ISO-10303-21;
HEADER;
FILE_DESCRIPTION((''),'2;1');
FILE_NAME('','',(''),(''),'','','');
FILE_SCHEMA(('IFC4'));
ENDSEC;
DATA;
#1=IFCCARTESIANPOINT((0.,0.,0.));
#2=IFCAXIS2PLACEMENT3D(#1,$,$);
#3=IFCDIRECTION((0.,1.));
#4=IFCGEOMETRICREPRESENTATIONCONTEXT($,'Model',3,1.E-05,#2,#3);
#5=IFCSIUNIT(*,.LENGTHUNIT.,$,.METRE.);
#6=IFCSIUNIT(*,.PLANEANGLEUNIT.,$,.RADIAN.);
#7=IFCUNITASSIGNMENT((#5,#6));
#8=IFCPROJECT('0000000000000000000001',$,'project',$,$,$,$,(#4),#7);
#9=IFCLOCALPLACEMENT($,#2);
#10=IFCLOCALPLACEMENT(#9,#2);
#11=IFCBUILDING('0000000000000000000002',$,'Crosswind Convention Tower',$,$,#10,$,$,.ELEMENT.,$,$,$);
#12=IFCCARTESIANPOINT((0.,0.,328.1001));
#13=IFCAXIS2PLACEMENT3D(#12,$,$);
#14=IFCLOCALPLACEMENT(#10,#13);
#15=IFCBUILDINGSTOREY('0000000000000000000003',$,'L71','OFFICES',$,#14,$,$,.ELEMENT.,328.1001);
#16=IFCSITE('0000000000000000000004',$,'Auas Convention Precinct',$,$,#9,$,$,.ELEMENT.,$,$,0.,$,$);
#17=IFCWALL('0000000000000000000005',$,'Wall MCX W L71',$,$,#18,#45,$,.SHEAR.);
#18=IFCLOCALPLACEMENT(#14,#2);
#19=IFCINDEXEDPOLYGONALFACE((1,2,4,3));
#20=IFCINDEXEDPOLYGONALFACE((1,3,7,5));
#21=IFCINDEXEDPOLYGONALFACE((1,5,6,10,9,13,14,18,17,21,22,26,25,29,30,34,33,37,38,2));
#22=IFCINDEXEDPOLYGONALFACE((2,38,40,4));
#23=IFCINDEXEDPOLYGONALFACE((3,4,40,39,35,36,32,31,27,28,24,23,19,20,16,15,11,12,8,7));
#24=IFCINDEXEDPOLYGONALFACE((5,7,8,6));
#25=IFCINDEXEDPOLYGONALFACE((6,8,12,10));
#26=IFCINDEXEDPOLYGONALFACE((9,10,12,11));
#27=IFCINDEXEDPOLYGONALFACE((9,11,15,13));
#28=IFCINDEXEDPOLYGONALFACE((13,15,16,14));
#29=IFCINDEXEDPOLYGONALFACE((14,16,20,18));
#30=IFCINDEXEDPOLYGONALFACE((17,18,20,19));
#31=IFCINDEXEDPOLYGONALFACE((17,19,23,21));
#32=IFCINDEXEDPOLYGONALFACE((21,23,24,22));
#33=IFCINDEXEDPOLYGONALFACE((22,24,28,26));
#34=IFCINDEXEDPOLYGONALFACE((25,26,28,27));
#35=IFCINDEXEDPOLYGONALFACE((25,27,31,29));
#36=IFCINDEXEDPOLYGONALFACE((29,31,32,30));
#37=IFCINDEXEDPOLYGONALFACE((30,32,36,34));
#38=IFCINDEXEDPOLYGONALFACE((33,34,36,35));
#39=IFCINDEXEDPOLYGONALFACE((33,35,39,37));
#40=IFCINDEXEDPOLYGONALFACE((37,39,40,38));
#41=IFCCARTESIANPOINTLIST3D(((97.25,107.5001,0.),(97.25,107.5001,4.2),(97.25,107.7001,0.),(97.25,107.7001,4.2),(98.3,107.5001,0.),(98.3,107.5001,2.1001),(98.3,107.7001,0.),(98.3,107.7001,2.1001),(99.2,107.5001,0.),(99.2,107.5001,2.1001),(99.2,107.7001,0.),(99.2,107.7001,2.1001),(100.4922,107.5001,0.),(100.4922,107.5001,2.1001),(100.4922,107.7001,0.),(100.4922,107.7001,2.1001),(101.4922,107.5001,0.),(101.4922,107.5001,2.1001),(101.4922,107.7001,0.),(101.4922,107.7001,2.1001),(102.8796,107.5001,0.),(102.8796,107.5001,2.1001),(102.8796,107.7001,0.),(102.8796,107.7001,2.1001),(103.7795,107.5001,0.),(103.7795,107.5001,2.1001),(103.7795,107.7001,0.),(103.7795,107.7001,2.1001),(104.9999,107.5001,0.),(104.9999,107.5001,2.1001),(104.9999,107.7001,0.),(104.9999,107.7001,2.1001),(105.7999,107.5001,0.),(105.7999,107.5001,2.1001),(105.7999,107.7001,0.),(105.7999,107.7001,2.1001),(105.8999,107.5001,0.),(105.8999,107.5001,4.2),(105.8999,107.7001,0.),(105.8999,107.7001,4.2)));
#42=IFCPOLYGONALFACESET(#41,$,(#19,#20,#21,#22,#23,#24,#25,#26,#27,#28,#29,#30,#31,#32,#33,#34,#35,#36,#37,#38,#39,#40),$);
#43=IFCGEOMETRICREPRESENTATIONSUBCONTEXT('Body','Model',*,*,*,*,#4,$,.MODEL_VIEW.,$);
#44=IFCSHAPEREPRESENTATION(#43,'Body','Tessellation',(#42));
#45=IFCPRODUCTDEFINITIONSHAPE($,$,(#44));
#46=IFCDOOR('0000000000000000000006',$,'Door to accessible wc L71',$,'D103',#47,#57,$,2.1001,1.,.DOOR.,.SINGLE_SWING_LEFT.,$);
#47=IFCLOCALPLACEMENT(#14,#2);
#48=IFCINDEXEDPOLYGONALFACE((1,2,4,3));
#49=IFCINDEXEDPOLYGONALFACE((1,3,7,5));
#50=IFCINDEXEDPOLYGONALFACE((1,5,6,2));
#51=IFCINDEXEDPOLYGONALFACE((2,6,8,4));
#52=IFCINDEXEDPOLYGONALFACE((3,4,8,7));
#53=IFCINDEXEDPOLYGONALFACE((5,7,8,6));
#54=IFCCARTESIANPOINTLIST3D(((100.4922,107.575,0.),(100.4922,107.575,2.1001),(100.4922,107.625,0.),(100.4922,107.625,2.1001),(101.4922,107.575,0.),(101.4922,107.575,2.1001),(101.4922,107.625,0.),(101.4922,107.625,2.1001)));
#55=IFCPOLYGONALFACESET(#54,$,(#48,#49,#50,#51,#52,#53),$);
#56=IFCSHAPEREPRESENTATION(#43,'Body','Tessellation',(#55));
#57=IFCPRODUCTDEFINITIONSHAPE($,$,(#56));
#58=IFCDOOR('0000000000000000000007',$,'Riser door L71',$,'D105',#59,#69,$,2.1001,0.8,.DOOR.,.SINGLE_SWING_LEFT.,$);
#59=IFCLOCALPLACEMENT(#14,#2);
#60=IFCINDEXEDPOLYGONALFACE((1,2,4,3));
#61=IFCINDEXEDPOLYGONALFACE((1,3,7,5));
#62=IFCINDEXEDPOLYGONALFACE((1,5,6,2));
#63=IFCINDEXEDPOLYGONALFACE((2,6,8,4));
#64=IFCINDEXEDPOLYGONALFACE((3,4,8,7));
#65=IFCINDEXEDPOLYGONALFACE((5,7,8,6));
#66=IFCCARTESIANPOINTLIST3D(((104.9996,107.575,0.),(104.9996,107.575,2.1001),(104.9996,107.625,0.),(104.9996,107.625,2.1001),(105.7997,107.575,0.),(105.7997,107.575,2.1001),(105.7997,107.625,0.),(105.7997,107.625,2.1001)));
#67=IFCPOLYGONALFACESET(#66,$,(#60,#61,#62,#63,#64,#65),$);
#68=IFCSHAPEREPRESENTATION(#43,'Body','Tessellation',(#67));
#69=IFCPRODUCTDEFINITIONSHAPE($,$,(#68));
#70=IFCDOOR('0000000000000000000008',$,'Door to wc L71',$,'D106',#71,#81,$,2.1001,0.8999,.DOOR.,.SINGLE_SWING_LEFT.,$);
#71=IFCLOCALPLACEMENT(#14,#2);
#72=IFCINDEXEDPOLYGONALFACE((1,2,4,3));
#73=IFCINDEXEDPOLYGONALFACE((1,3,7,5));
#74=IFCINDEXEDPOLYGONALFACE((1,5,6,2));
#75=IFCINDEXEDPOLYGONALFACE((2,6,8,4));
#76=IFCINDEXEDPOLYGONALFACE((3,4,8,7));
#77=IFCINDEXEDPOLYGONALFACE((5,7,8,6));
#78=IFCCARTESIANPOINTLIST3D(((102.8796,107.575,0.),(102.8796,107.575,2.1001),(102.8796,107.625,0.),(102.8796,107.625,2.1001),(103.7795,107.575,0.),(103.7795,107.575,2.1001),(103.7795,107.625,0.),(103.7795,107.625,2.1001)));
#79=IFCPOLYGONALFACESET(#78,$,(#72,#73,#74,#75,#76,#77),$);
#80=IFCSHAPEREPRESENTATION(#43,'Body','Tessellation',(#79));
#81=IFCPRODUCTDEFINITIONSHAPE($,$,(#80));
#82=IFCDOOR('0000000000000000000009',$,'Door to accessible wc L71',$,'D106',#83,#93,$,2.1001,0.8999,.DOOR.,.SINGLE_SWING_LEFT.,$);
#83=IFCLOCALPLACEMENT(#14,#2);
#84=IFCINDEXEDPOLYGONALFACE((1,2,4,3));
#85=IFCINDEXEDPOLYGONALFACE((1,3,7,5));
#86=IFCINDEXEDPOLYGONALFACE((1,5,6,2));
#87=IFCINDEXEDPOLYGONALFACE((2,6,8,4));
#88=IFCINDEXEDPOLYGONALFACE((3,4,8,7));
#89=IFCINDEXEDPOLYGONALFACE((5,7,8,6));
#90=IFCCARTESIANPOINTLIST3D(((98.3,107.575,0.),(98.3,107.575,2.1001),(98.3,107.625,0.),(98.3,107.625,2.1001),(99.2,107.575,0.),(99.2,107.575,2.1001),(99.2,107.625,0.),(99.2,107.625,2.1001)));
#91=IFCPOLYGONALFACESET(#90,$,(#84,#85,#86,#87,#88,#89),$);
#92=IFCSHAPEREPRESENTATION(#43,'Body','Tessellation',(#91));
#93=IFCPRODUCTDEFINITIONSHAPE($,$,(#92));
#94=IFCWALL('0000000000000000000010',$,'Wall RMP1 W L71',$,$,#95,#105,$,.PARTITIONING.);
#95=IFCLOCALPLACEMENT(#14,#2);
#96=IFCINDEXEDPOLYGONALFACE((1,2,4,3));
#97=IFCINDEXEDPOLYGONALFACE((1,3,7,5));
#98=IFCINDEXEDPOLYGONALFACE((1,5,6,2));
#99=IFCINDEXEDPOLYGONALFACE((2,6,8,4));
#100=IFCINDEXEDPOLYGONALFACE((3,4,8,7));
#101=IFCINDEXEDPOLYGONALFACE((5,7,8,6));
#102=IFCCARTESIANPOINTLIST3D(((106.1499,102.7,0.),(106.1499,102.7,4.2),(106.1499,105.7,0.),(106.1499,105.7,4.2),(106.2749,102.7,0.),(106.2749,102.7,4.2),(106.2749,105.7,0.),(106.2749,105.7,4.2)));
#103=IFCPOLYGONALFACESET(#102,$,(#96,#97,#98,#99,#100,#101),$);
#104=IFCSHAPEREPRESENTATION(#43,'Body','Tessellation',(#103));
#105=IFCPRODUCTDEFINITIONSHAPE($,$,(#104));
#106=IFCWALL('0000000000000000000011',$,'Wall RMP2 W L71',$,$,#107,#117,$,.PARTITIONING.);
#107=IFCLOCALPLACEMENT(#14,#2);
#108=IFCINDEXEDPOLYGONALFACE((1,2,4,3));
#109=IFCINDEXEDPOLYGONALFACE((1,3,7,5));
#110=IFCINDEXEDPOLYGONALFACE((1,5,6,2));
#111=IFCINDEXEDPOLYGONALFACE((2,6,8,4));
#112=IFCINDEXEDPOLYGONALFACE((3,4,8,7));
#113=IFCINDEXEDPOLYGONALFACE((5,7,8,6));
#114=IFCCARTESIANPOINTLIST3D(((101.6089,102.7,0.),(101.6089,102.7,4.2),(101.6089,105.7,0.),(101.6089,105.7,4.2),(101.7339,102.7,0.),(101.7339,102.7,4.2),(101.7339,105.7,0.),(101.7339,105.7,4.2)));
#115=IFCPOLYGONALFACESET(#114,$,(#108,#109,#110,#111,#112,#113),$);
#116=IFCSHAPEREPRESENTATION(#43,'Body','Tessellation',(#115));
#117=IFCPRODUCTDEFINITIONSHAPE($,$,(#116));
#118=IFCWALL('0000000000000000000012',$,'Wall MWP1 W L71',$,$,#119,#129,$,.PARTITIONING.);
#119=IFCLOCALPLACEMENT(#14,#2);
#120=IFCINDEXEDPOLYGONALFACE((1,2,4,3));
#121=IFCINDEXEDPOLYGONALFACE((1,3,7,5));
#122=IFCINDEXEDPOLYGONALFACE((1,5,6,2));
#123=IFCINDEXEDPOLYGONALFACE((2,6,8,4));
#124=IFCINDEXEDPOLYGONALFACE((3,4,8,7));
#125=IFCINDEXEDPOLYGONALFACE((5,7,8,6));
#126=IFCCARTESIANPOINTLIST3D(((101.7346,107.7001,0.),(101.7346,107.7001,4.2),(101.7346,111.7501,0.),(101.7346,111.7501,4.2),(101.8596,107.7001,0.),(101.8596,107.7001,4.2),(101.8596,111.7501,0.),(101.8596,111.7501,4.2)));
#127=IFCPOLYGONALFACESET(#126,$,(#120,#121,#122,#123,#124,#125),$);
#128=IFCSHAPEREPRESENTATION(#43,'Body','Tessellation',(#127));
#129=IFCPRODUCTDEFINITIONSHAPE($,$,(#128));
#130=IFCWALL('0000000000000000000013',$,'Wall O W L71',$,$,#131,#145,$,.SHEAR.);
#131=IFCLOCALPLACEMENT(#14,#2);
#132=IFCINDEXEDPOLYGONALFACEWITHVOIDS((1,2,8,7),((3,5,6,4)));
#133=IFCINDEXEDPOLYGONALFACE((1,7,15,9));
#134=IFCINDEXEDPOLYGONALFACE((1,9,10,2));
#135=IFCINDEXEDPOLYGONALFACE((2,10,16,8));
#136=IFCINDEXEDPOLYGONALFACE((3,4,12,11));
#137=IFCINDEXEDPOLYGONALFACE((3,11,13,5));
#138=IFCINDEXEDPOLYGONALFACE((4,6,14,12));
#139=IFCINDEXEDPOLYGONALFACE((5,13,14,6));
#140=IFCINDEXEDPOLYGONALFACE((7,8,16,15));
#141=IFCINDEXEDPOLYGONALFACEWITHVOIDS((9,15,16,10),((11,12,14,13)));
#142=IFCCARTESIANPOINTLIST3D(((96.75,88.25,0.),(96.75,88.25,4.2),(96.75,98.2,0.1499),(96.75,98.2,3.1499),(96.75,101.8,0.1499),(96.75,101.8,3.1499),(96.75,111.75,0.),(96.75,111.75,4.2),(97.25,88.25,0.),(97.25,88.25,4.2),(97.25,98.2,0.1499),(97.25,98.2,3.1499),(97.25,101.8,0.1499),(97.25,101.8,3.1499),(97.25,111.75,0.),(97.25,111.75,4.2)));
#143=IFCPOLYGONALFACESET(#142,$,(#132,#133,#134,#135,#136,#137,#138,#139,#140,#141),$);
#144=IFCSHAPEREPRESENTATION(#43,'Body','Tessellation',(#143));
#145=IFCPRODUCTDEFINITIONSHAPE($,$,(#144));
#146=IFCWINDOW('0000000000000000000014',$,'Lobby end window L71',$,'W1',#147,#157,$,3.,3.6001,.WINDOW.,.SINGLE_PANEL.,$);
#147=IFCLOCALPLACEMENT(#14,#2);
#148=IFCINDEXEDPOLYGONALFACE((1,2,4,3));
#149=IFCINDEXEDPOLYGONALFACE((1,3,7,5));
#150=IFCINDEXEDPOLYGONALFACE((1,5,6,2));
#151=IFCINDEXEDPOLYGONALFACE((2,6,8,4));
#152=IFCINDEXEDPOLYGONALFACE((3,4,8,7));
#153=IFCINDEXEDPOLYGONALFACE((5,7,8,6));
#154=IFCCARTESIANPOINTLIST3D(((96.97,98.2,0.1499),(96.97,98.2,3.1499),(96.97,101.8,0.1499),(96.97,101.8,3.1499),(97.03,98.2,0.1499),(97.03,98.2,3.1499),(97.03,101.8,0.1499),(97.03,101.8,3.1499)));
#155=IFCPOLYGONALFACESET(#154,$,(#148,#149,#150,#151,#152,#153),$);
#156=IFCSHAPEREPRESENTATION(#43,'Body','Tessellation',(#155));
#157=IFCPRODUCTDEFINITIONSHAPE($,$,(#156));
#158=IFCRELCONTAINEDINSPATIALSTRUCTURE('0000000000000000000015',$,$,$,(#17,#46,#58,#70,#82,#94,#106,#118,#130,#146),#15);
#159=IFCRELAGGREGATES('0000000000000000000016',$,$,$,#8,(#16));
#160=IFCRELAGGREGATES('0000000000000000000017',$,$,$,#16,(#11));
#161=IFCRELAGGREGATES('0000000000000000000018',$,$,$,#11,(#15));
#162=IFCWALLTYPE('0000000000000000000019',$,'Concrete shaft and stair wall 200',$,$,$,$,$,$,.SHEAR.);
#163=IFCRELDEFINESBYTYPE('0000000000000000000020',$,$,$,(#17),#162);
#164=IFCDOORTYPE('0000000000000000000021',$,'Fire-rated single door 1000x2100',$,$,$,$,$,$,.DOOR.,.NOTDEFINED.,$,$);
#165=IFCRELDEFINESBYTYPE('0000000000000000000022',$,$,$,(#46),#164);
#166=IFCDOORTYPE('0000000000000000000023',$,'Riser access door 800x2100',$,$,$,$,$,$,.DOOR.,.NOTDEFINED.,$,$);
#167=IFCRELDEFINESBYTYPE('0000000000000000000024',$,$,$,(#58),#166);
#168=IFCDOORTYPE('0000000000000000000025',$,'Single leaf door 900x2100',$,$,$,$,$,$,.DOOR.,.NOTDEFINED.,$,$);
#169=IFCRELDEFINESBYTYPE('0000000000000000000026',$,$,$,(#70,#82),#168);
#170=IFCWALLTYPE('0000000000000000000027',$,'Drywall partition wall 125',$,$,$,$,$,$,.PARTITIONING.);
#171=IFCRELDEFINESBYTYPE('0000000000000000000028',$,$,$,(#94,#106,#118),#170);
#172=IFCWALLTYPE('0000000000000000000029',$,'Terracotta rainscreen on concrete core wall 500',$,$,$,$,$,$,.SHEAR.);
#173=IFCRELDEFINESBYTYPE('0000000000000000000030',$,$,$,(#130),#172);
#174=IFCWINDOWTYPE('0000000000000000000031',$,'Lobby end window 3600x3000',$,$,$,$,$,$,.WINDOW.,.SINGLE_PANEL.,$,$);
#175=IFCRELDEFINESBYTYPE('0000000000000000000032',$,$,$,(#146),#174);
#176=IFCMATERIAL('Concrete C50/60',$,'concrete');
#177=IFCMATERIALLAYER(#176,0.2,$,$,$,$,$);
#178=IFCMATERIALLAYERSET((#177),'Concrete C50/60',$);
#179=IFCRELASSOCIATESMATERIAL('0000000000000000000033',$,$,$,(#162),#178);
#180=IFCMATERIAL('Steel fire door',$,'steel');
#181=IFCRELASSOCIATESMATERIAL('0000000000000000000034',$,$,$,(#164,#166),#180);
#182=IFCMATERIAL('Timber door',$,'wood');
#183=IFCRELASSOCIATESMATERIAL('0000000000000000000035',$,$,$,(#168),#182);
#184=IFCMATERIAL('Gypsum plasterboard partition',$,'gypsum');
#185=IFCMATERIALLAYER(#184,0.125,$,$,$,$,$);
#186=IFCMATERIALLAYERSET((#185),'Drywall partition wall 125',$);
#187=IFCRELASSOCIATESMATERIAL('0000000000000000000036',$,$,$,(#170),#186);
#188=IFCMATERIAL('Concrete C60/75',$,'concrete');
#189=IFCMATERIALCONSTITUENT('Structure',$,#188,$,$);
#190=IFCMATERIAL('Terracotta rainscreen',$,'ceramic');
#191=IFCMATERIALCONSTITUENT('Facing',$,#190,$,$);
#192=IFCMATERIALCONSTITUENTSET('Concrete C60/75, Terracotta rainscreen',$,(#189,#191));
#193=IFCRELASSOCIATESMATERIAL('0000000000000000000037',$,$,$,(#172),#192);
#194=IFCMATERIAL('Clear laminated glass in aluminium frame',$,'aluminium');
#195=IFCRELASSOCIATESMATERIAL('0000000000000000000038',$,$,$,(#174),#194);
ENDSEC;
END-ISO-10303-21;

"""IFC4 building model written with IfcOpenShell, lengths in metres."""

from ifc_helpers import new_model, si_unit, direction, frame, frame_2d, origin, place, context, subcontext, project, spatial, rectangle, extrude, material, layer, layer_set, constituent, constituent_set, type_object, element, fill, save


model = new_model("IFC4")

# Units and contexts
model_context = context("Model", 3, precision=1e-05, world=origin(), true_north=direction((0.0, 1.0)))
body_context = subcontext(model_context, "Body", "Model", "MODEL_VIEW")
ifc_project = project(units=[si_unit("LENGTHUNIT", "METRE"), si_unit("PLANEANGLEUNIT", "RADIAN")], contexts=[model_context])

# Site, building, storey
site_placement = place(None, origin())
site = spatial("IfcSite", under=ifc_project, at=site_placement, Name="Auas Convention Precinct", CompositionType="ELEMENT", RefElevation=0.0)
building_placement = place(site_placement, origin())
building = spatial("IfcBuilding", under=site, at=building_placement, Name="Crosswind Convention Tower", CompositionType="ELEMENT")
storey_placement = place(building_placement, frame((0.0, 0.0, 328.1001)))
storey = spatial("IfcBuildingStorey", under=building, at=storey_placement, Name="L71", Description="OFFICES", CompositionType="ELEMENT", Elevation=328.1001)

# Shared definitions
ifc_material_1 = material(Name="Concrete C50/60", Category="concrete")
ifc_layer_1 = layer(ifc_material_1, 0.2)
ifc_layer_set_1 = layer_set([ifc_layer_1], Name="Concrete C50/60")
wall_type_1 = type_object("IfcWallType", Name="Concrete shaft and stair wall 200", PredefinedType="SHEAR", material=ifc_layer_set_1)

# Wall, openings, doors
wall_1_placement = place(storey_placement, frame((105.8999, 107.6001, 0.0), z_axis=(0.0, 0.0, 1.0), x_axis=(-1.0, 0.0, 0.0)))
wall_1 = element("IfcWall", 1, at=wall_1_placement, inside=storey, type_object=wall_type_1, Name="Wall MCX W L71", PredefinedType="SHEAR", context=body_context, shape_type="SweptSolid", body=[
    extrude(rectangle(XDim=8.6499, YDim=0.2, at=frame_2d((4.325, 0.0))), origin(), (0.0, 0.0, 1.0), 4.2),
])
opening_1_placement = place(wall_1_placement, frame((0.1001, 0.0, 0.0)))
opening_1 = element("IfcOpeningElement", 2, at=opening_1_placement, cuts=wall_1, PredefinedType="OPENING", context=body_context, shape_type="SweptSolid", body=[
    extrude(rectangle(XDim=0.8, YDim=2.1001, at=frame_2d((0.3999, 1.05))), frame((0.0, 0.1099, 0.0), z_axis=(0.0, -1.0, 0.0), x_axis=(1.0, 0.0, 0.0)), (0.0, 0.0, 1.0), 0.22),
])
opening_2_placement = place(wall_1_placement, frame((2.1204, 0.0, 0.0)))
opening_2 = element("IfcOpeningElement", 3, at=opening_2_placement, cuts=wall_1, PredefinedType="OPENING", context=body_context, shape_type="SweptSolid", body=[
    extrude(rectangle(XDim=0.8999, YDim=2.1001, at=frame_2d((0.45, 1.05))), frame((0.0, 0.1099, 0.0), z_axis=(0.0, -1.0, 0.0), x_axis=(1.0, 0.0, 0.0)), (0.0, 0.0, 1.0), 0.22),
])
opening_3_placement = place(wall_1_placement, frame((4.4077, 0.0, 0.0)))
opening_3 = element("IfcOpeningElement", 4, at=opening_3_placement, cuts=wall_1, PredefinedType="OPENING", context=body_context, shape_type="SweptSolid", body=[
    extrude(rectangle(XDim=1.0, YDim=2.1001, at=frame_2d((0.5, 1.05))), frame((0.0, 0.1099, 0.0), z_axis=(0.0, -1.0, 0.0), x_axis=(1.0, 0.0, 0.0)), (0.0, 0.0, 1.0), 0.22),
])
opening_4_placement = place(wall_1_placement, frame((6.7, 0.0, 0.0)))
opening_4 = element("IfcOpeningElement", 5, at=opening_4_placement, cuts=wall_1, PredefinedType="OPENING", context=body_context, shape_type="SweptSolid", body=[
    extrude(rectangle(XDim=0.8999, YDim=2.1001, at=frame_2d((0.45, 1.05))), frame((0.0, 0.1099, 0.0), z_axis=(0.0, -1.0, 0.0), x_axis=(1.0, 0.0, 0.0)), (0.0, 0.0, 1.0), 0.22),
])
ifc_material_2 = material(Name="Steel fire door", Category="steel")
door_type_1 = type_object("IfcDoorType", Name="Fire-rated single door 1000x2100", OperationType="NOTDEFINED", PredefinedType="DOOR", material=ifc_material_2)
door_1_placement = place(opening_3_placement, frame((1.0, 0.0, 0.0), z_axis=(0.0, 0.0, 1.0), x_axis=(-1.0, 0.0, 0.0)))
door_1 = element("IfcDoor", 6, at=door_1_placement, inside=storey, type_object=door_type_1, Name="Door to accessible wc L71", ObjectType="D103", OperationType="SINGLE_SWING_LEFT", OverallHeight=2.1001, OverallWidth=1.0, PredefinedType="DOOR", context=body_context, shape_type="SweptSolid", body=[
    extrude(rectangle(XDim=1.0, YDim=2.1001, at=frame_2d((0.5, 1.05))), frame((0.0, 0.0249, 0.0), z_axis=(0.0, -1.0, 0.0), x_axis=(1.0, 0.0, 0.0)), (0.0, 0.0, 1.0), 0.05),
])
fill(opening_3, door_1)
door_type_2 = type_object("IfcDoorType", Name="Riser access door 800x2100", OperationType="NOTDEFINED", PredefinedType="DOOR", material=ifc_material_2)
door_2_placement = place(opening_1_placement, frame((0.8, 0.0, 0.0), z_axis=(0.0, 0.0, 1.0), x_axis=(-1.0, 0.0, 0.0)))
door_2 = element("IfcDoor", 7, at=door_2_placement, inside=storey, type_object=door_type_2, Name="Riser door L71", ObjectType="D105", OperationType="SINGLE_SWING_LEFT", OverallHeight=2.1001, OverallWidth=0.8, PredefinedType="DOOR", context=body_context, shape_type="SweptSolid", body=[
    extrude(rectangle(XDim=0.8, YDim=2.1001, at=frame_2d((0.3999, 1.05))), frame((0.0, 0.0249, 0.0), z_axis=(0.0, -1.0, 0.0), x_axis=(1.0, 0.0, 0.0)), (0.0, 0.0, 1.0), 0.05),
])
fill(opening_1, door_2)
ifc_material_3 = material(Name="Timber door", Category="wood")
door_type_3 = type_object("IfcDoorType", Name="Single leaf door 900x2100", OperationType="NOTDEFINED", PredefinedType="DOOR", material=ifc_material_3)
door_3_placement = place(opening_2_placement, frame((0.8999, 0.0, 0.0), z_axis=(0.0, 0.0, 1.0), x_axis=(-1.0, 0.0, 0.0)))
door_3 = element("IfcDoor", 8, at=door_3_placement, inside=storey, type_object=door_type_3, Name="Door to wc L71", ObjectType="D106", OperationType="SINGLE_SWING_LEFT", OverallHeight=2.1001, OverallWidth=0.8999, PredefinedType="DOOR", context=body_context, shape_type="SweptSolid", body=[
    extrude(rectangle(XDim=0.8999, YDim=2.1001, at=frame_2d((0.45, 1.05))), frame((0.0, 0.0249, 0.0), z_axis=(0.0, -1.0, 0.0), x_axis=(1.0, 0.0, 0.0)), (0.0, 0.0, 1.0), 0.05),
])
fill(opening_2, door_3)
door_4_placement = place(opening_4_placement, frame((0.8999, 0.0, 0.0), z_axis=(0.0, 0.0, 1.0), x_axis=(-1.0, 0.0, 0.0)))
door_4 = element("IfcDoor", 9, at=door_4_placement, inside=storey, type_object=door_type_3, Name="Door to accessible wc L71", ObjectType="D106", OperationType="SINGLE_SWING_LEFT", OverallHeight=2.1001, OverallWidth=0.8999, PredefinedType="DOOR", context=body_context, shape_type="SweptSolid", body=[
    extrude(rectangle(XDim=0.8999, YDim=2.1001, at=frame_2d((0.45, 1.05))), frame((0.0, 0.0249, 0.0), z_axis=(0.0, -1.0, 0.0), x_axis=(1.0, 0.0, 0.0)), (0.0, 0.0, 1.0), 0.05),
])
fill(opening_4, door_4)

# Walls
ifc_material_4 = material(Name="Gypsum plasterboard partition", Category="gypsum")
ifc_layer_2 = layer(ifc_material_4, 0.125)
ifc_layer_set_2 = layer_set([ifc_layer_2], Name="Drywall partition wall 125")
wall_type_2 = type_object("IfcWallType", Name="Drywall partition wall 125", PredefinedType="PARTITIONING", material=ifc_layer_set_2)
for number, where, z_axis, x_axis, name in (
    (10, (106.2124, 105.7, 0.0), (0.0, 0.0, 1.0), (0.0, -1.0, 0.0), "Wall RMP1 W L71"),
    (11, (101.6714, 105.7, 0.0), (0.0, 0.0, 1.0), (0.0, -1.0, 0.0), "Wall RMP2 W L71"),
):
    element("IfcWall", number, at=place(storey_placement, frame(where, z_axis=z_axis, x_axis=x_axis)), inside=storey, type_object=wall_type_2, Name=name, PredefinedType="PARTITIONING", context=body_context, shape_type="SweptSolid", body=[
        extrude(rectangle(XDim=3.0, YDim=0.125, at=frame_2d((1.5, 0.0))), origin(), (0.0, 0.0, 1.0), 4.2),
    ])
wall_2_placement = place(storey_placement, frame((101.7971, 111.75, 0.0), z_axis=(0.0, 0.0, 1.0), x_axis=(0.0, -1.0, 0.0)))
element("IfcWall", 12, at=wall_2_placement, inside=storey, type_object=wall_type_2, Name="Wall MWP1 W L71", PredefinedType="PARTITIONING", context=body_context, shape_type="SweptSolid", body=[
    extrude(rectangle(XDim=4.05, YDim=0.125, at=frame_2d((2.0249, 0.0))), origin(), (0.0, 0.0, 1.0), 4.2),
])

# Wall, opening, window
ifc_material_5 = material(Name="Concrete C60/75", Category="concrete")
ifc_constituent_1 = constituent(ifc_material_5, Name="Structure")
ifc_material_6 = material(Name="Terracotta rainscreen", Category="ceramic")
ifc_constituent_2 = constituent(ifc_material_6, Name="Facing")
ifc_constituent_set = constituent_set(constituents=[ifc_constituent_1, ifc_constituent_2], Name="Concrete C60/75, Terracotta rainscreen")
wall_type_3 = type_object("IfcWallType", Name="Terracotta rainscreen on concrete core wall 500", PredefinedType="SHEAR", material=ifc_constituent_set)
wall_3_placement = place(storey_placement, frame((97.0, 111.75, 0.0), z_axis=(0.0, 0.0, 1.0), x_axis=(0.0, -1.0, 0.0)))
wall_3 = element("IfcWall", 13, at=wall_3_placement, inside=storey, type_object=wall_type_3, Name="Wall O W L71", PredefinedType="SHEAR", context=body_context, shape_type="SweptSolid", body=[
    extrude(rectangle(XDim=23.5, YDim=0.5, at=frame_2d((11.75, 0.0))), origin(), (0.0, 0.0, 1.0), 4.2),
])
opening_5_placement = place(wall_3_placement, frame((9.95, 0.0, 0.1499)))
opening_5 = element("IfcOpeningElement", 14, at=opening_5_placement, cuts=wall_3, PredefinedType="OPENING", context=body_context, shape_type="SweptSolid", body=[
    extrude(rectangle(XDim=3.6001, YDim=3.0, at=frame_2d((1.8, 1.5))), frame((0.0, 0.26, 0.0), z_axis=(0.0, -1.0, 0.0), x_axis=(1.0, 0.0, 0.0)), (0.0, 0.0, 1.0), 0.52),
])
ifc_material_7 = material(Name="Clear laminated glass in aluminium frame", Category="aluminium")
window_type = type_object("IfcWindowType", Name="Lobby end window 3600x3000", PartitioningType="SINGLE_PANEL", PredefinedType="WINDOW", material=ifc_material_7)
window_placement = place(opening_5_placement, origin())
window = element("IfcWindow", 15, at=window_placement, inside=storey, type_object=window_type, Name="Lobby end window L71", ObjectType="W1", OverallHeight=3.0, OverallWidth=3.6001, PartitioningType="SINGLE_PANEL", PredefinedType="WINDOW", context=body_context, shape_type="SweptSolid", body=[
    extrude(rectangle(XDim=3.6001, YDim=3.0, at=frame_2d((1.8, 1.5))), frame((0.0, 0.03, 0.0), z_axis=(0.0, -1.0, 0.0), x_axis=(1.0, 0.0, 0.0)), (0.0, 0.0, 1.0), 0.0601),
])
fill(opening_5, window)

save(model, "model.ifc")
